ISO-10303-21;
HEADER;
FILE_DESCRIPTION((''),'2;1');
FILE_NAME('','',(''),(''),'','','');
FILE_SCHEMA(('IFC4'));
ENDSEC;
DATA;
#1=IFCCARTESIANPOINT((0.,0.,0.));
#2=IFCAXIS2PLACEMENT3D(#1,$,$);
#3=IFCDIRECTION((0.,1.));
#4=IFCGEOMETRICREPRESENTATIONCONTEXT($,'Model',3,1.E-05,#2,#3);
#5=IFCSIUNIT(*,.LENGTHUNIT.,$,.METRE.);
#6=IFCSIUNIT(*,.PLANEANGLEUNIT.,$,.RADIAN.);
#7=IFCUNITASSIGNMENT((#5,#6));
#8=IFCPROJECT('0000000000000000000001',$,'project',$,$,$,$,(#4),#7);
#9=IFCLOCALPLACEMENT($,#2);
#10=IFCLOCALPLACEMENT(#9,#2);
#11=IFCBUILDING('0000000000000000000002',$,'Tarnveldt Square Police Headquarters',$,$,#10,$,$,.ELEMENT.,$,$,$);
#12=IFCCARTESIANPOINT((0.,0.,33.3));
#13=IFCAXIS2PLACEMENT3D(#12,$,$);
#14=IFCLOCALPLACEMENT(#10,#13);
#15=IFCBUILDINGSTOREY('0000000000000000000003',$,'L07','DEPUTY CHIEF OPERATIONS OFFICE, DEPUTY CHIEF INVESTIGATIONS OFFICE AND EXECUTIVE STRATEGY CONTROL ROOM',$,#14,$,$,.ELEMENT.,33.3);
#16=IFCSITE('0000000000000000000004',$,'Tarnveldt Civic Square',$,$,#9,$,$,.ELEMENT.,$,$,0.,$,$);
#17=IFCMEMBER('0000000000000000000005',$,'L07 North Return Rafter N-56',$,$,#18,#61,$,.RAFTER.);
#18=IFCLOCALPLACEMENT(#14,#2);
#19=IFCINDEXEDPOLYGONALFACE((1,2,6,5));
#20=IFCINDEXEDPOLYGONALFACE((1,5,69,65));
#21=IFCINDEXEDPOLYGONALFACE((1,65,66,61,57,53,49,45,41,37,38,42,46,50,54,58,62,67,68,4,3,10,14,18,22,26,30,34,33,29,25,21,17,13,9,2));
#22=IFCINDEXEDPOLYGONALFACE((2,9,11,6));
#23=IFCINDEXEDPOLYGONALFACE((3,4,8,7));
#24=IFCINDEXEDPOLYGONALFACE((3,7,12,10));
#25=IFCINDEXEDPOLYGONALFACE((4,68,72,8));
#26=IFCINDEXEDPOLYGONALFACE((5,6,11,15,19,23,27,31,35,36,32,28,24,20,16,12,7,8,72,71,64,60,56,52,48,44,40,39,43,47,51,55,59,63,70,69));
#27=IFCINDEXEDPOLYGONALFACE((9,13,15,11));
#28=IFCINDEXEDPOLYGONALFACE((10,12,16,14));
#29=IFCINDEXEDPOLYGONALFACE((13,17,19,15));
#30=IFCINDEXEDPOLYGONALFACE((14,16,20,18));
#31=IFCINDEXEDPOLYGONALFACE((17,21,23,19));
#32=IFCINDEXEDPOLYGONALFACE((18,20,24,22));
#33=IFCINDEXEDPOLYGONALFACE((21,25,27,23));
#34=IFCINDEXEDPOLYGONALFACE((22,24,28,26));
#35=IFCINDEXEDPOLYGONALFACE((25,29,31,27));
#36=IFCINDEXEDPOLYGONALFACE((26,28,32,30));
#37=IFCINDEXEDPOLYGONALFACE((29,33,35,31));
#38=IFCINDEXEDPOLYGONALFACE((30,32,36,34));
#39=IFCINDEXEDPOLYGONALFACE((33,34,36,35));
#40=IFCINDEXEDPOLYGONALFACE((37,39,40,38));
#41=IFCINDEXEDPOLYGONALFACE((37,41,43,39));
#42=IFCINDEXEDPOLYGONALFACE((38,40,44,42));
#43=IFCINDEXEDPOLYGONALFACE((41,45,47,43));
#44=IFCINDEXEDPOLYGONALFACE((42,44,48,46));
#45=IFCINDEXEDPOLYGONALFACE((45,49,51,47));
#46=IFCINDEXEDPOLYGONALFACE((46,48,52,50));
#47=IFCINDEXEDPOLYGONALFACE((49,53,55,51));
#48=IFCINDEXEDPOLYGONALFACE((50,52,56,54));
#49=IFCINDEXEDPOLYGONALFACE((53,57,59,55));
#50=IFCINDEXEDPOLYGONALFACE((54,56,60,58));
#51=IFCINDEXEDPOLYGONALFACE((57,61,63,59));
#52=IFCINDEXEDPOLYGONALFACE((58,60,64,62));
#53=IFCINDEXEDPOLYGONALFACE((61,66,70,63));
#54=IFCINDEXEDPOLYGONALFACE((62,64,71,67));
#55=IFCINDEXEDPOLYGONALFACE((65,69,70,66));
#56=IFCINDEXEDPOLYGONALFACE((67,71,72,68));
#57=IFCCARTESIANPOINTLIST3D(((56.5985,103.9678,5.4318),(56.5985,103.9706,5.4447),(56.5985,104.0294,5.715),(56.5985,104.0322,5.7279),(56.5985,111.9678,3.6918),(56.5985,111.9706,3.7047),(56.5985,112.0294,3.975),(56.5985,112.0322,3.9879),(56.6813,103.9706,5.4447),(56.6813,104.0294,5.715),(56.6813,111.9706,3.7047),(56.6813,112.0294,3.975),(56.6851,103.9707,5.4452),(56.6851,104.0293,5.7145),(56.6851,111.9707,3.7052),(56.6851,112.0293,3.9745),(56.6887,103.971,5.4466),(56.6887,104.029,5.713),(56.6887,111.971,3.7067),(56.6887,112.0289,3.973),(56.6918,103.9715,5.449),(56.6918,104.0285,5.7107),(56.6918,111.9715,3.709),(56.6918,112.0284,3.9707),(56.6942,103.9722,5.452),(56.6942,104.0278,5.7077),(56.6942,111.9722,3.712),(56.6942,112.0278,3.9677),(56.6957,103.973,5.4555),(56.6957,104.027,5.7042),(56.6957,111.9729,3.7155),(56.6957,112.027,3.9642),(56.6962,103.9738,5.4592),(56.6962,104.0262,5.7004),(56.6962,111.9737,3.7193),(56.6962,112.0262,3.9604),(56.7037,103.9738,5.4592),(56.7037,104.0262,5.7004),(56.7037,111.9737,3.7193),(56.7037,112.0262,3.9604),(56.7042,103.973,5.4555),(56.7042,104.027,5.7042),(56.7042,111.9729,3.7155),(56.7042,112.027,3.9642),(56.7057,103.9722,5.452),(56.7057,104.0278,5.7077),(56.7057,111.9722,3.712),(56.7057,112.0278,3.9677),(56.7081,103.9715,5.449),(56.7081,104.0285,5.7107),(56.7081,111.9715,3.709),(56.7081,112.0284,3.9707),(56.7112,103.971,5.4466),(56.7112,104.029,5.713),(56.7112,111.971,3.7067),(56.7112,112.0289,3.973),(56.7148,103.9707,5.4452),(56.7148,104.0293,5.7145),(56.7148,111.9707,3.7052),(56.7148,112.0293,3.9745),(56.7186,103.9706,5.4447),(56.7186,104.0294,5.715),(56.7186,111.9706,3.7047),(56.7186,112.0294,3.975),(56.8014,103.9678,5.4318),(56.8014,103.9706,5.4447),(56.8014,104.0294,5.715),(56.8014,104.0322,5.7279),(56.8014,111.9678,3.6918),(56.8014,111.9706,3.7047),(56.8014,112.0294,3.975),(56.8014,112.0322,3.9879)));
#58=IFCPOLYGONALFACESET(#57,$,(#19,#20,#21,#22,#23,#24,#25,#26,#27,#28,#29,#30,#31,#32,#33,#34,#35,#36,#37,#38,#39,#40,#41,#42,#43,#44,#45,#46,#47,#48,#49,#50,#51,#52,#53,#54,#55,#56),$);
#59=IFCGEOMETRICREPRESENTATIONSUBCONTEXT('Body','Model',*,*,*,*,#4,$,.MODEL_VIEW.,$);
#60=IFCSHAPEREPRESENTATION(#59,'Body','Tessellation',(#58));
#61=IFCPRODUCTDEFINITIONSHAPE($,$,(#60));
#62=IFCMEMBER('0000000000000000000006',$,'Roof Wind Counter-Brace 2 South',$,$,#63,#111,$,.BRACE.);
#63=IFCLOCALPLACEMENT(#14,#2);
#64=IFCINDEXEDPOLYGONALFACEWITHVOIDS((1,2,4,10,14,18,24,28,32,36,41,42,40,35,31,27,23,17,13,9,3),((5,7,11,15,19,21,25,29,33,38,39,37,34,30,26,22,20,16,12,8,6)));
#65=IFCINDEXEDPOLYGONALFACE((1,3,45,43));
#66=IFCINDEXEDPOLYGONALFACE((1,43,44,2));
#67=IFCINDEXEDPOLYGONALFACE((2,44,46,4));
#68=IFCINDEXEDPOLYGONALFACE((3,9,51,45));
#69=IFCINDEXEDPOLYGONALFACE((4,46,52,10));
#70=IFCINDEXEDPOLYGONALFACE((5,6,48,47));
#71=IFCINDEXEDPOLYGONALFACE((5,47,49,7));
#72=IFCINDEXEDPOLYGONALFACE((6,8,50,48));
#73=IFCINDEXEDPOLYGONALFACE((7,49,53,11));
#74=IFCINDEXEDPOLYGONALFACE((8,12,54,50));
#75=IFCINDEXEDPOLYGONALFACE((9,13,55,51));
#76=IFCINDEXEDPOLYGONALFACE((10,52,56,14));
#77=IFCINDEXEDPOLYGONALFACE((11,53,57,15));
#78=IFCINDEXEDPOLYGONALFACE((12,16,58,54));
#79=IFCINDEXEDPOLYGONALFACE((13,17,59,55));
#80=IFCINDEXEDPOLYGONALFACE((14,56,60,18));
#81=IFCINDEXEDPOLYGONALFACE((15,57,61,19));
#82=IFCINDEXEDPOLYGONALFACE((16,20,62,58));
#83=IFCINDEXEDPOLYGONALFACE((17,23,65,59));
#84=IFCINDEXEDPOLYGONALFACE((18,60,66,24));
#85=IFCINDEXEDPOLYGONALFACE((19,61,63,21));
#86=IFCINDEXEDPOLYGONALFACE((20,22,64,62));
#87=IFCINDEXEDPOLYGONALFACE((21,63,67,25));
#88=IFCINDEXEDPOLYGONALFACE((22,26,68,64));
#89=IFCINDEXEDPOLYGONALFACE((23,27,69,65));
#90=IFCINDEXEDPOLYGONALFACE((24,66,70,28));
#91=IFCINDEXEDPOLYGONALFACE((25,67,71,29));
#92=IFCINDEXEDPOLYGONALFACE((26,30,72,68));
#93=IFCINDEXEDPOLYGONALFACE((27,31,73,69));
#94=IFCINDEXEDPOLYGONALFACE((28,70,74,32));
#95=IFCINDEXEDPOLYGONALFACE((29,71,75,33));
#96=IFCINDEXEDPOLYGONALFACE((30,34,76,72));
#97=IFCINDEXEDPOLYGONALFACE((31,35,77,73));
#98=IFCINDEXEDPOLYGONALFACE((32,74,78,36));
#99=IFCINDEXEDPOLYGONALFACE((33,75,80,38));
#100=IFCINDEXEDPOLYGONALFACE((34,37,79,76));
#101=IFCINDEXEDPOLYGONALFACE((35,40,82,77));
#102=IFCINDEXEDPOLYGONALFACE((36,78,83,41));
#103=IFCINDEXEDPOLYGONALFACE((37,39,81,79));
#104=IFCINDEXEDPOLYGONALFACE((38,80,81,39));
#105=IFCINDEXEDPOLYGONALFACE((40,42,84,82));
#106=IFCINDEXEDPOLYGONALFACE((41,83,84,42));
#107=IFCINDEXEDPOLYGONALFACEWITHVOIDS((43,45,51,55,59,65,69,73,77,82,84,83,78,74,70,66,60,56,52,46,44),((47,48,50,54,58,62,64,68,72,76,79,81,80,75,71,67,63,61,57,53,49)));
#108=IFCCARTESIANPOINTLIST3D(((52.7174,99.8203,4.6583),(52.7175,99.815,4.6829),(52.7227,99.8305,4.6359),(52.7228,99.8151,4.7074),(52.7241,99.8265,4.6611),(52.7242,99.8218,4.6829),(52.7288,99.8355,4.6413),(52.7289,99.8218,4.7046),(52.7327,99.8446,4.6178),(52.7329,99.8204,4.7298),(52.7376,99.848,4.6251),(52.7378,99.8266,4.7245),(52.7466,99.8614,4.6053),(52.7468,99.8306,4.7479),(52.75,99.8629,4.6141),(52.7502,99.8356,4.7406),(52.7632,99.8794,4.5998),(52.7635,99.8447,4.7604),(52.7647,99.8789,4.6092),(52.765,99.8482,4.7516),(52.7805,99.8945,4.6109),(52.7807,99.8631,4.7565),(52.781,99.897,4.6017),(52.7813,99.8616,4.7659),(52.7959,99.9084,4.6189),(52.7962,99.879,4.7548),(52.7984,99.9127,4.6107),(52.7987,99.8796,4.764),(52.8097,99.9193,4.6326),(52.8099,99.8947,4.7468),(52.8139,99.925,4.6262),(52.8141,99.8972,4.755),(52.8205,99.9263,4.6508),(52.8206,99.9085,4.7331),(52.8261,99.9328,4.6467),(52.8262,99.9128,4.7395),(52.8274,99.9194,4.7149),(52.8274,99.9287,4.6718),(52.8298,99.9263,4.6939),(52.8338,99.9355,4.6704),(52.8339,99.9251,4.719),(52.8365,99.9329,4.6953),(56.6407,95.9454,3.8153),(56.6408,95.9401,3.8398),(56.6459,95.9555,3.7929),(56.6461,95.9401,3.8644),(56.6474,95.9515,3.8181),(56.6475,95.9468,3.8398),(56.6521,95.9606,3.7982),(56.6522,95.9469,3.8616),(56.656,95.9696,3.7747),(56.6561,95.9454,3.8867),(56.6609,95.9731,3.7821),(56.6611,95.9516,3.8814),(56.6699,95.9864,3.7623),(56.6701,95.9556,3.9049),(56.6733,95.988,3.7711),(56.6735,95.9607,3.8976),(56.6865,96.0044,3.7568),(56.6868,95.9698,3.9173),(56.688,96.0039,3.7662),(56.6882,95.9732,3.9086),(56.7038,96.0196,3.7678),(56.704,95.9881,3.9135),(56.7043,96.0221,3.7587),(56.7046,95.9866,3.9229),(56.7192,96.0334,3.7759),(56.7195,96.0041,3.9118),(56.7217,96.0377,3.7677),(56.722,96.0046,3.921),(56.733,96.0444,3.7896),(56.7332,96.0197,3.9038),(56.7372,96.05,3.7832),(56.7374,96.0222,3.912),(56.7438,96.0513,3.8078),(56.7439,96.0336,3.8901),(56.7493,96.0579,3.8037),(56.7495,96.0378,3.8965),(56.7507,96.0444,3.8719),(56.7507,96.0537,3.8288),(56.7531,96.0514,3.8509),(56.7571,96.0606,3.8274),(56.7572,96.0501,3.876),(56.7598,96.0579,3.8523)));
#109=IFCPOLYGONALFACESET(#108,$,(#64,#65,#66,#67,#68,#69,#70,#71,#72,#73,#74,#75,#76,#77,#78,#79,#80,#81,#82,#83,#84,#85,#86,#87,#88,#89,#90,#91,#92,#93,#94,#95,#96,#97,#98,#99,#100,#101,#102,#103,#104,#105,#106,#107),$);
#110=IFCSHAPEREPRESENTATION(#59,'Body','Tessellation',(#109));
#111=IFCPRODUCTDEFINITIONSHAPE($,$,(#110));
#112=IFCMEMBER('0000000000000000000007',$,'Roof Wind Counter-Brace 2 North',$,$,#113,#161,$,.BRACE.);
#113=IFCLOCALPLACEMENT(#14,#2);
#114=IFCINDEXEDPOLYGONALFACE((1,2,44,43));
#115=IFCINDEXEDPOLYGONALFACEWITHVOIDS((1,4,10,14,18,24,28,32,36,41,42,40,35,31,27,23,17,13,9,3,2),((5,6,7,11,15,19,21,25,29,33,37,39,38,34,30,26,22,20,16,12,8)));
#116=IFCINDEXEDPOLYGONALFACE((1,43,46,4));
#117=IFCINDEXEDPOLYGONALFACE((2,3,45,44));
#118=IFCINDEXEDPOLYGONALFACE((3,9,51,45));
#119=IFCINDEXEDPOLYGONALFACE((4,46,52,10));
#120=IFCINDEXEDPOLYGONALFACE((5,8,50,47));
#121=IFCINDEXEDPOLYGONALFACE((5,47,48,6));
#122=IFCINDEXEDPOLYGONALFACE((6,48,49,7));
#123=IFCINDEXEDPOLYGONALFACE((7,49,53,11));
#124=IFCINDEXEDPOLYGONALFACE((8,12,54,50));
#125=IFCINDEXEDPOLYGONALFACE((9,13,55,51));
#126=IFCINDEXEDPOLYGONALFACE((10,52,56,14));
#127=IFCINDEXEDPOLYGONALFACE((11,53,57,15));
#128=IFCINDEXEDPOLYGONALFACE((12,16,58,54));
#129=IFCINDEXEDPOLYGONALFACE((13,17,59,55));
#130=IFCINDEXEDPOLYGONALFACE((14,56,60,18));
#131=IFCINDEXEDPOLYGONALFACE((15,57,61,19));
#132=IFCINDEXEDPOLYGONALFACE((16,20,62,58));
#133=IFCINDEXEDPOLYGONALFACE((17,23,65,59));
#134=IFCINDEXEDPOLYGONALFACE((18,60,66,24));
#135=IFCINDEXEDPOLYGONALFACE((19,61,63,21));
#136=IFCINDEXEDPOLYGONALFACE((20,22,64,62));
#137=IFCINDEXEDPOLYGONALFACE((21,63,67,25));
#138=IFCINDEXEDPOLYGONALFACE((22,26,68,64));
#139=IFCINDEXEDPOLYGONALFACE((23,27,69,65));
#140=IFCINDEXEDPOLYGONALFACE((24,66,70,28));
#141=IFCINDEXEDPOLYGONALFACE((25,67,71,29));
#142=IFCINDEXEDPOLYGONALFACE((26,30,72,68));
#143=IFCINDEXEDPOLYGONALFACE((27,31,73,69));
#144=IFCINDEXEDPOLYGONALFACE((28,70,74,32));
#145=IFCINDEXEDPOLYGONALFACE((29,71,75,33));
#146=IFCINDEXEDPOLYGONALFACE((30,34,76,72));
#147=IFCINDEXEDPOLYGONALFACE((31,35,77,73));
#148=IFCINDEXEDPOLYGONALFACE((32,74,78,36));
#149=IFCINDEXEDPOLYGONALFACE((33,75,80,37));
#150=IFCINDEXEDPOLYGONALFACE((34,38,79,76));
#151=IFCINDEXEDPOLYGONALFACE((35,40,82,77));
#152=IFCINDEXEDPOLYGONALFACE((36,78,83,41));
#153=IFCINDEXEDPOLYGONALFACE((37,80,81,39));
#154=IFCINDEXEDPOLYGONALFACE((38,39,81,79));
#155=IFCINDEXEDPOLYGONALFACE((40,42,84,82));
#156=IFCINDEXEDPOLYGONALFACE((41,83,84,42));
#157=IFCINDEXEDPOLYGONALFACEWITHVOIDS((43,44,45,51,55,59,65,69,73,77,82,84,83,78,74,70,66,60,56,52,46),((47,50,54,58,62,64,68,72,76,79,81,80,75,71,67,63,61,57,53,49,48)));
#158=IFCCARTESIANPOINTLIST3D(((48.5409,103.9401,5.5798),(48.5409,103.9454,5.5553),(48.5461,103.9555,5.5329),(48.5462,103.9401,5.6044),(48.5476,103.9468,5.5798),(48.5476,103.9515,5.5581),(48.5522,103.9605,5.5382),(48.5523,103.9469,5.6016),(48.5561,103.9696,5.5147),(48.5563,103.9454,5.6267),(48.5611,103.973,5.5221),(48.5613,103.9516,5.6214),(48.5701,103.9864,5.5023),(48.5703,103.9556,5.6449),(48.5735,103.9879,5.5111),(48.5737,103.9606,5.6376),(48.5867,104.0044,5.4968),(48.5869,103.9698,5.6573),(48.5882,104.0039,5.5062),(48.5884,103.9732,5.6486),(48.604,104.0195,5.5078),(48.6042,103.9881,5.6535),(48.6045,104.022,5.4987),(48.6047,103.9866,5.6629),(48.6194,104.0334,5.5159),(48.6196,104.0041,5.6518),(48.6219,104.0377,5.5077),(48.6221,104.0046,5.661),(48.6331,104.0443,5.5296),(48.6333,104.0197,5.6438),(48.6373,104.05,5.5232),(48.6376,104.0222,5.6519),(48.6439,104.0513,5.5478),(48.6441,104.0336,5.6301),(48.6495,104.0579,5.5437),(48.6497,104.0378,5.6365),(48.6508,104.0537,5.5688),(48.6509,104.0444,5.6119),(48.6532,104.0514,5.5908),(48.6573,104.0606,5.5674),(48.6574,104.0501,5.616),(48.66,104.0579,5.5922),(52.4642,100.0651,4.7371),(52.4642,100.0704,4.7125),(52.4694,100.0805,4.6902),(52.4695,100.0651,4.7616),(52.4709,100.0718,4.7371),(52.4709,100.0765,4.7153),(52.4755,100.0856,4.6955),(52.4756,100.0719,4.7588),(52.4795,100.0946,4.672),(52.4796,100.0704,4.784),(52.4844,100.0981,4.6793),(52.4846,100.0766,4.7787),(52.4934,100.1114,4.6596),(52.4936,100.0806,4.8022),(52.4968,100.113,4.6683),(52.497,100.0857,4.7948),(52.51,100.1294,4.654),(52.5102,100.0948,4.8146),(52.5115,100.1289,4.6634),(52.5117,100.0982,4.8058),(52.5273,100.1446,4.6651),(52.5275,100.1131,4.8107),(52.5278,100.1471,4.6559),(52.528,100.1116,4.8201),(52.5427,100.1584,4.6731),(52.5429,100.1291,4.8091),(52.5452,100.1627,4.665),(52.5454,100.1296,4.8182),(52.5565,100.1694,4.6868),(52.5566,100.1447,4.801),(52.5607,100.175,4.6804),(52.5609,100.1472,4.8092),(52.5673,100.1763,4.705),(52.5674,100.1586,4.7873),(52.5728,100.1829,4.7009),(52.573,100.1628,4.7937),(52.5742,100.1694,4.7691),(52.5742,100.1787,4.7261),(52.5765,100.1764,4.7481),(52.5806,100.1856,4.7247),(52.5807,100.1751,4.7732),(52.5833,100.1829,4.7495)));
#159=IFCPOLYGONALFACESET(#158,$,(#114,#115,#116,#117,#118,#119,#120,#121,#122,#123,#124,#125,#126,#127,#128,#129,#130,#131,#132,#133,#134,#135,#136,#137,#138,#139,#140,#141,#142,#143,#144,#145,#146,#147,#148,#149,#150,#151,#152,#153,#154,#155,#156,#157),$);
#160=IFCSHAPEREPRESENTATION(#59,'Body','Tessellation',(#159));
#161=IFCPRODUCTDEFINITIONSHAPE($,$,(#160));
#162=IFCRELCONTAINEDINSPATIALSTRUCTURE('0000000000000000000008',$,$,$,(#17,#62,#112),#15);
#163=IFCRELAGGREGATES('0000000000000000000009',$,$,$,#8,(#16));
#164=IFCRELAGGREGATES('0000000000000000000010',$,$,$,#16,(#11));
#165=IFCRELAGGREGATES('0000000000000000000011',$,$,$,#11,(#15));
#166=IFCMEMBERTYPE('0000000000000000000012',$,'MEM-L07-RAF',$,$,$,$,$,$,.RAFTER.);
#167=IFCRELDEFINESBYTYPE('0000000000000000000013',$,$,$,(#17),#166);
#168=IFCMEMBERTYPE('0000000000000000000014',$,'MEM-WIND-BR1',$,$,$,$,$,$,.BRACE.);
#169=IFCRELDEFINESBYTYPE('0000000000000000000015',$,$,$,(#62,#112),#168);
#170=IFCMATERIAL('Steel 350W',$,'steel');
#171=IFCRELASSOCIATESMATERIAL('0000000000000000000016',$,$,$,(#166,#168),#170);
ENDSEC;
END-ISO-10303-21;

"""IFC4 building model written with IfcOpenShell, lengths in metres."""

from ifc_helpers import new_model, si_unit, direction, frame, origin, origin_2d, place, context, subcontext, project, spatial, hollow_circle, i_section, extrude, material, material_profile, profile_set, type_object, element, save


model = new_model("IFC4")

# Units and contexts
model_context = context("Model", 3, precision=1e-05, world=origin(), true_north=direction((0.0, 1.0)))
body_context = subcontext(model_context, "Body", "Model", "MODEL_VIEW")
ifc_project = project(units=[si_unit("LENGTHUNIT", "METRE"), si_unit("PLANEANGLEUNIT", "RADIAN")], contexts=[model_context])

# Site, building, storey
site_placement = place(None, origin())
site = spatial("IfcSite", under=ifc_project, at=site_placement, Name="Tarnveldt Civic Square", CompositionType="ELEMENT", RefElevation=0.0)
building_placement = place(site_placement, origin())
building = spatial("IfcBuilding", under=site, at=building_placement, Name="Tarnveldt Square Police Headquarters", CompositionType="ELEMENT")
storey_placement = place(building_placement, frame((0.0, 0.0, 33.3)))
storey = spatial("IfcBuildingStorey", under=building, at=storey_placement, Name="L07", Description="DEPUTY CHIEF OPERATIONS OFFICE, DEPUTY CHIEF INVESTIGATIONS OFFICE AND EXECUTIVE STRATEGY CONTROL ROOM", CompositionType="ELEMENT", Elevation=33.3)

# Shared definitions
ifc_material_1 = material(Name="Steel 350W", Category="steel")

# Members
ifc_material_profile_1 = material_profile(ifc_material_1, i_section(OverallWidth=0.2029, OverallDepth=0.303, WebThickness=0.0076, FlangeThickness=0.0132, FilletRadius=0.0149, at=origin_2d()), Name="W310x60")
ifc_profile_set_1 = profile_set([ifc_material_profile_1], Name="Steel 350W")
member_type_1 = type_object("IfcMemberType", Name="MEM-L07-RAF", PredefinedType="RAFTER", material=ifc_profile_set_1)
for number, where, z_axis, x_axis, name in (
    (1, (56.7, 104.0, 5.5798), (0.0, 0.977155, -0.21253), (-1.0, 0.0, 0.0), "L07 North Return Rafter N-56"),
):
    element("IfcMember", number, at=place(storey_placement, frame(where, z_axis=z_axis, x_axis=x_axis)), inside=storey, type_object=member_type_1, Name=name, PredefinedType="RAFTER", context=body_context, shape_type="SweptSolid", body=[
        extrude(i_section(OverallWidth=0.2029, OverallDepth=0.303, WebThickness=0.0076, FlangeThickness=0.0132, FilletRadius=0.0149, at=origin_2d()), origin(), (0.0, 0.0, 1.0), 8.187),
    ])
ifc_material_profile_2 = material_profile(ifc_material_1, hollow_circle(Radius=0.0842, WallThickness=0.0095, at=origin_2d()), Name="HSS168x9.5")
ifc_profile_set_2 = profile_set([ifc_material_profile_2], Name="Steel 350W")
member_type_2 = type_object("IfcMemberType", Name="MEM-WIND-BR1", PredefinedType="BRACE", material=ifc_profile_set_2)
for number, where, z_axis, x_axis, name in (
    (2, (56.7, 96.0, 3.8398), (-0.703305, 0.69464, 0.151121), (-0.70271, -0.711476, 0.0), "Roof Wind Counter-Brace 2 South"),
    (3, (52.5234, 100.125, 4.7371), (-0.70331, 0.694644, 0.151078), (-0.70271, -0.711476, 0.0), "Roof Wind Counter-Brace 2 North"),
):
    element("IfcMember", number, at=place(storey_placement, frame(where, z_axis=z_axis, x_axis=x_axis)), inside=storey, type_object=member_type_2, Name=name, PredefinedType="BRACE", context=body_context, shape_type="SweptSolid", body=[
        extrude(hollow_circle(Radius=0.0842, WallThickness=0.0095, at=origin_2d()), origin(), (0.0, 0.0, 1.0), 5.5784),
    ])

save(model, "model.ifc")
